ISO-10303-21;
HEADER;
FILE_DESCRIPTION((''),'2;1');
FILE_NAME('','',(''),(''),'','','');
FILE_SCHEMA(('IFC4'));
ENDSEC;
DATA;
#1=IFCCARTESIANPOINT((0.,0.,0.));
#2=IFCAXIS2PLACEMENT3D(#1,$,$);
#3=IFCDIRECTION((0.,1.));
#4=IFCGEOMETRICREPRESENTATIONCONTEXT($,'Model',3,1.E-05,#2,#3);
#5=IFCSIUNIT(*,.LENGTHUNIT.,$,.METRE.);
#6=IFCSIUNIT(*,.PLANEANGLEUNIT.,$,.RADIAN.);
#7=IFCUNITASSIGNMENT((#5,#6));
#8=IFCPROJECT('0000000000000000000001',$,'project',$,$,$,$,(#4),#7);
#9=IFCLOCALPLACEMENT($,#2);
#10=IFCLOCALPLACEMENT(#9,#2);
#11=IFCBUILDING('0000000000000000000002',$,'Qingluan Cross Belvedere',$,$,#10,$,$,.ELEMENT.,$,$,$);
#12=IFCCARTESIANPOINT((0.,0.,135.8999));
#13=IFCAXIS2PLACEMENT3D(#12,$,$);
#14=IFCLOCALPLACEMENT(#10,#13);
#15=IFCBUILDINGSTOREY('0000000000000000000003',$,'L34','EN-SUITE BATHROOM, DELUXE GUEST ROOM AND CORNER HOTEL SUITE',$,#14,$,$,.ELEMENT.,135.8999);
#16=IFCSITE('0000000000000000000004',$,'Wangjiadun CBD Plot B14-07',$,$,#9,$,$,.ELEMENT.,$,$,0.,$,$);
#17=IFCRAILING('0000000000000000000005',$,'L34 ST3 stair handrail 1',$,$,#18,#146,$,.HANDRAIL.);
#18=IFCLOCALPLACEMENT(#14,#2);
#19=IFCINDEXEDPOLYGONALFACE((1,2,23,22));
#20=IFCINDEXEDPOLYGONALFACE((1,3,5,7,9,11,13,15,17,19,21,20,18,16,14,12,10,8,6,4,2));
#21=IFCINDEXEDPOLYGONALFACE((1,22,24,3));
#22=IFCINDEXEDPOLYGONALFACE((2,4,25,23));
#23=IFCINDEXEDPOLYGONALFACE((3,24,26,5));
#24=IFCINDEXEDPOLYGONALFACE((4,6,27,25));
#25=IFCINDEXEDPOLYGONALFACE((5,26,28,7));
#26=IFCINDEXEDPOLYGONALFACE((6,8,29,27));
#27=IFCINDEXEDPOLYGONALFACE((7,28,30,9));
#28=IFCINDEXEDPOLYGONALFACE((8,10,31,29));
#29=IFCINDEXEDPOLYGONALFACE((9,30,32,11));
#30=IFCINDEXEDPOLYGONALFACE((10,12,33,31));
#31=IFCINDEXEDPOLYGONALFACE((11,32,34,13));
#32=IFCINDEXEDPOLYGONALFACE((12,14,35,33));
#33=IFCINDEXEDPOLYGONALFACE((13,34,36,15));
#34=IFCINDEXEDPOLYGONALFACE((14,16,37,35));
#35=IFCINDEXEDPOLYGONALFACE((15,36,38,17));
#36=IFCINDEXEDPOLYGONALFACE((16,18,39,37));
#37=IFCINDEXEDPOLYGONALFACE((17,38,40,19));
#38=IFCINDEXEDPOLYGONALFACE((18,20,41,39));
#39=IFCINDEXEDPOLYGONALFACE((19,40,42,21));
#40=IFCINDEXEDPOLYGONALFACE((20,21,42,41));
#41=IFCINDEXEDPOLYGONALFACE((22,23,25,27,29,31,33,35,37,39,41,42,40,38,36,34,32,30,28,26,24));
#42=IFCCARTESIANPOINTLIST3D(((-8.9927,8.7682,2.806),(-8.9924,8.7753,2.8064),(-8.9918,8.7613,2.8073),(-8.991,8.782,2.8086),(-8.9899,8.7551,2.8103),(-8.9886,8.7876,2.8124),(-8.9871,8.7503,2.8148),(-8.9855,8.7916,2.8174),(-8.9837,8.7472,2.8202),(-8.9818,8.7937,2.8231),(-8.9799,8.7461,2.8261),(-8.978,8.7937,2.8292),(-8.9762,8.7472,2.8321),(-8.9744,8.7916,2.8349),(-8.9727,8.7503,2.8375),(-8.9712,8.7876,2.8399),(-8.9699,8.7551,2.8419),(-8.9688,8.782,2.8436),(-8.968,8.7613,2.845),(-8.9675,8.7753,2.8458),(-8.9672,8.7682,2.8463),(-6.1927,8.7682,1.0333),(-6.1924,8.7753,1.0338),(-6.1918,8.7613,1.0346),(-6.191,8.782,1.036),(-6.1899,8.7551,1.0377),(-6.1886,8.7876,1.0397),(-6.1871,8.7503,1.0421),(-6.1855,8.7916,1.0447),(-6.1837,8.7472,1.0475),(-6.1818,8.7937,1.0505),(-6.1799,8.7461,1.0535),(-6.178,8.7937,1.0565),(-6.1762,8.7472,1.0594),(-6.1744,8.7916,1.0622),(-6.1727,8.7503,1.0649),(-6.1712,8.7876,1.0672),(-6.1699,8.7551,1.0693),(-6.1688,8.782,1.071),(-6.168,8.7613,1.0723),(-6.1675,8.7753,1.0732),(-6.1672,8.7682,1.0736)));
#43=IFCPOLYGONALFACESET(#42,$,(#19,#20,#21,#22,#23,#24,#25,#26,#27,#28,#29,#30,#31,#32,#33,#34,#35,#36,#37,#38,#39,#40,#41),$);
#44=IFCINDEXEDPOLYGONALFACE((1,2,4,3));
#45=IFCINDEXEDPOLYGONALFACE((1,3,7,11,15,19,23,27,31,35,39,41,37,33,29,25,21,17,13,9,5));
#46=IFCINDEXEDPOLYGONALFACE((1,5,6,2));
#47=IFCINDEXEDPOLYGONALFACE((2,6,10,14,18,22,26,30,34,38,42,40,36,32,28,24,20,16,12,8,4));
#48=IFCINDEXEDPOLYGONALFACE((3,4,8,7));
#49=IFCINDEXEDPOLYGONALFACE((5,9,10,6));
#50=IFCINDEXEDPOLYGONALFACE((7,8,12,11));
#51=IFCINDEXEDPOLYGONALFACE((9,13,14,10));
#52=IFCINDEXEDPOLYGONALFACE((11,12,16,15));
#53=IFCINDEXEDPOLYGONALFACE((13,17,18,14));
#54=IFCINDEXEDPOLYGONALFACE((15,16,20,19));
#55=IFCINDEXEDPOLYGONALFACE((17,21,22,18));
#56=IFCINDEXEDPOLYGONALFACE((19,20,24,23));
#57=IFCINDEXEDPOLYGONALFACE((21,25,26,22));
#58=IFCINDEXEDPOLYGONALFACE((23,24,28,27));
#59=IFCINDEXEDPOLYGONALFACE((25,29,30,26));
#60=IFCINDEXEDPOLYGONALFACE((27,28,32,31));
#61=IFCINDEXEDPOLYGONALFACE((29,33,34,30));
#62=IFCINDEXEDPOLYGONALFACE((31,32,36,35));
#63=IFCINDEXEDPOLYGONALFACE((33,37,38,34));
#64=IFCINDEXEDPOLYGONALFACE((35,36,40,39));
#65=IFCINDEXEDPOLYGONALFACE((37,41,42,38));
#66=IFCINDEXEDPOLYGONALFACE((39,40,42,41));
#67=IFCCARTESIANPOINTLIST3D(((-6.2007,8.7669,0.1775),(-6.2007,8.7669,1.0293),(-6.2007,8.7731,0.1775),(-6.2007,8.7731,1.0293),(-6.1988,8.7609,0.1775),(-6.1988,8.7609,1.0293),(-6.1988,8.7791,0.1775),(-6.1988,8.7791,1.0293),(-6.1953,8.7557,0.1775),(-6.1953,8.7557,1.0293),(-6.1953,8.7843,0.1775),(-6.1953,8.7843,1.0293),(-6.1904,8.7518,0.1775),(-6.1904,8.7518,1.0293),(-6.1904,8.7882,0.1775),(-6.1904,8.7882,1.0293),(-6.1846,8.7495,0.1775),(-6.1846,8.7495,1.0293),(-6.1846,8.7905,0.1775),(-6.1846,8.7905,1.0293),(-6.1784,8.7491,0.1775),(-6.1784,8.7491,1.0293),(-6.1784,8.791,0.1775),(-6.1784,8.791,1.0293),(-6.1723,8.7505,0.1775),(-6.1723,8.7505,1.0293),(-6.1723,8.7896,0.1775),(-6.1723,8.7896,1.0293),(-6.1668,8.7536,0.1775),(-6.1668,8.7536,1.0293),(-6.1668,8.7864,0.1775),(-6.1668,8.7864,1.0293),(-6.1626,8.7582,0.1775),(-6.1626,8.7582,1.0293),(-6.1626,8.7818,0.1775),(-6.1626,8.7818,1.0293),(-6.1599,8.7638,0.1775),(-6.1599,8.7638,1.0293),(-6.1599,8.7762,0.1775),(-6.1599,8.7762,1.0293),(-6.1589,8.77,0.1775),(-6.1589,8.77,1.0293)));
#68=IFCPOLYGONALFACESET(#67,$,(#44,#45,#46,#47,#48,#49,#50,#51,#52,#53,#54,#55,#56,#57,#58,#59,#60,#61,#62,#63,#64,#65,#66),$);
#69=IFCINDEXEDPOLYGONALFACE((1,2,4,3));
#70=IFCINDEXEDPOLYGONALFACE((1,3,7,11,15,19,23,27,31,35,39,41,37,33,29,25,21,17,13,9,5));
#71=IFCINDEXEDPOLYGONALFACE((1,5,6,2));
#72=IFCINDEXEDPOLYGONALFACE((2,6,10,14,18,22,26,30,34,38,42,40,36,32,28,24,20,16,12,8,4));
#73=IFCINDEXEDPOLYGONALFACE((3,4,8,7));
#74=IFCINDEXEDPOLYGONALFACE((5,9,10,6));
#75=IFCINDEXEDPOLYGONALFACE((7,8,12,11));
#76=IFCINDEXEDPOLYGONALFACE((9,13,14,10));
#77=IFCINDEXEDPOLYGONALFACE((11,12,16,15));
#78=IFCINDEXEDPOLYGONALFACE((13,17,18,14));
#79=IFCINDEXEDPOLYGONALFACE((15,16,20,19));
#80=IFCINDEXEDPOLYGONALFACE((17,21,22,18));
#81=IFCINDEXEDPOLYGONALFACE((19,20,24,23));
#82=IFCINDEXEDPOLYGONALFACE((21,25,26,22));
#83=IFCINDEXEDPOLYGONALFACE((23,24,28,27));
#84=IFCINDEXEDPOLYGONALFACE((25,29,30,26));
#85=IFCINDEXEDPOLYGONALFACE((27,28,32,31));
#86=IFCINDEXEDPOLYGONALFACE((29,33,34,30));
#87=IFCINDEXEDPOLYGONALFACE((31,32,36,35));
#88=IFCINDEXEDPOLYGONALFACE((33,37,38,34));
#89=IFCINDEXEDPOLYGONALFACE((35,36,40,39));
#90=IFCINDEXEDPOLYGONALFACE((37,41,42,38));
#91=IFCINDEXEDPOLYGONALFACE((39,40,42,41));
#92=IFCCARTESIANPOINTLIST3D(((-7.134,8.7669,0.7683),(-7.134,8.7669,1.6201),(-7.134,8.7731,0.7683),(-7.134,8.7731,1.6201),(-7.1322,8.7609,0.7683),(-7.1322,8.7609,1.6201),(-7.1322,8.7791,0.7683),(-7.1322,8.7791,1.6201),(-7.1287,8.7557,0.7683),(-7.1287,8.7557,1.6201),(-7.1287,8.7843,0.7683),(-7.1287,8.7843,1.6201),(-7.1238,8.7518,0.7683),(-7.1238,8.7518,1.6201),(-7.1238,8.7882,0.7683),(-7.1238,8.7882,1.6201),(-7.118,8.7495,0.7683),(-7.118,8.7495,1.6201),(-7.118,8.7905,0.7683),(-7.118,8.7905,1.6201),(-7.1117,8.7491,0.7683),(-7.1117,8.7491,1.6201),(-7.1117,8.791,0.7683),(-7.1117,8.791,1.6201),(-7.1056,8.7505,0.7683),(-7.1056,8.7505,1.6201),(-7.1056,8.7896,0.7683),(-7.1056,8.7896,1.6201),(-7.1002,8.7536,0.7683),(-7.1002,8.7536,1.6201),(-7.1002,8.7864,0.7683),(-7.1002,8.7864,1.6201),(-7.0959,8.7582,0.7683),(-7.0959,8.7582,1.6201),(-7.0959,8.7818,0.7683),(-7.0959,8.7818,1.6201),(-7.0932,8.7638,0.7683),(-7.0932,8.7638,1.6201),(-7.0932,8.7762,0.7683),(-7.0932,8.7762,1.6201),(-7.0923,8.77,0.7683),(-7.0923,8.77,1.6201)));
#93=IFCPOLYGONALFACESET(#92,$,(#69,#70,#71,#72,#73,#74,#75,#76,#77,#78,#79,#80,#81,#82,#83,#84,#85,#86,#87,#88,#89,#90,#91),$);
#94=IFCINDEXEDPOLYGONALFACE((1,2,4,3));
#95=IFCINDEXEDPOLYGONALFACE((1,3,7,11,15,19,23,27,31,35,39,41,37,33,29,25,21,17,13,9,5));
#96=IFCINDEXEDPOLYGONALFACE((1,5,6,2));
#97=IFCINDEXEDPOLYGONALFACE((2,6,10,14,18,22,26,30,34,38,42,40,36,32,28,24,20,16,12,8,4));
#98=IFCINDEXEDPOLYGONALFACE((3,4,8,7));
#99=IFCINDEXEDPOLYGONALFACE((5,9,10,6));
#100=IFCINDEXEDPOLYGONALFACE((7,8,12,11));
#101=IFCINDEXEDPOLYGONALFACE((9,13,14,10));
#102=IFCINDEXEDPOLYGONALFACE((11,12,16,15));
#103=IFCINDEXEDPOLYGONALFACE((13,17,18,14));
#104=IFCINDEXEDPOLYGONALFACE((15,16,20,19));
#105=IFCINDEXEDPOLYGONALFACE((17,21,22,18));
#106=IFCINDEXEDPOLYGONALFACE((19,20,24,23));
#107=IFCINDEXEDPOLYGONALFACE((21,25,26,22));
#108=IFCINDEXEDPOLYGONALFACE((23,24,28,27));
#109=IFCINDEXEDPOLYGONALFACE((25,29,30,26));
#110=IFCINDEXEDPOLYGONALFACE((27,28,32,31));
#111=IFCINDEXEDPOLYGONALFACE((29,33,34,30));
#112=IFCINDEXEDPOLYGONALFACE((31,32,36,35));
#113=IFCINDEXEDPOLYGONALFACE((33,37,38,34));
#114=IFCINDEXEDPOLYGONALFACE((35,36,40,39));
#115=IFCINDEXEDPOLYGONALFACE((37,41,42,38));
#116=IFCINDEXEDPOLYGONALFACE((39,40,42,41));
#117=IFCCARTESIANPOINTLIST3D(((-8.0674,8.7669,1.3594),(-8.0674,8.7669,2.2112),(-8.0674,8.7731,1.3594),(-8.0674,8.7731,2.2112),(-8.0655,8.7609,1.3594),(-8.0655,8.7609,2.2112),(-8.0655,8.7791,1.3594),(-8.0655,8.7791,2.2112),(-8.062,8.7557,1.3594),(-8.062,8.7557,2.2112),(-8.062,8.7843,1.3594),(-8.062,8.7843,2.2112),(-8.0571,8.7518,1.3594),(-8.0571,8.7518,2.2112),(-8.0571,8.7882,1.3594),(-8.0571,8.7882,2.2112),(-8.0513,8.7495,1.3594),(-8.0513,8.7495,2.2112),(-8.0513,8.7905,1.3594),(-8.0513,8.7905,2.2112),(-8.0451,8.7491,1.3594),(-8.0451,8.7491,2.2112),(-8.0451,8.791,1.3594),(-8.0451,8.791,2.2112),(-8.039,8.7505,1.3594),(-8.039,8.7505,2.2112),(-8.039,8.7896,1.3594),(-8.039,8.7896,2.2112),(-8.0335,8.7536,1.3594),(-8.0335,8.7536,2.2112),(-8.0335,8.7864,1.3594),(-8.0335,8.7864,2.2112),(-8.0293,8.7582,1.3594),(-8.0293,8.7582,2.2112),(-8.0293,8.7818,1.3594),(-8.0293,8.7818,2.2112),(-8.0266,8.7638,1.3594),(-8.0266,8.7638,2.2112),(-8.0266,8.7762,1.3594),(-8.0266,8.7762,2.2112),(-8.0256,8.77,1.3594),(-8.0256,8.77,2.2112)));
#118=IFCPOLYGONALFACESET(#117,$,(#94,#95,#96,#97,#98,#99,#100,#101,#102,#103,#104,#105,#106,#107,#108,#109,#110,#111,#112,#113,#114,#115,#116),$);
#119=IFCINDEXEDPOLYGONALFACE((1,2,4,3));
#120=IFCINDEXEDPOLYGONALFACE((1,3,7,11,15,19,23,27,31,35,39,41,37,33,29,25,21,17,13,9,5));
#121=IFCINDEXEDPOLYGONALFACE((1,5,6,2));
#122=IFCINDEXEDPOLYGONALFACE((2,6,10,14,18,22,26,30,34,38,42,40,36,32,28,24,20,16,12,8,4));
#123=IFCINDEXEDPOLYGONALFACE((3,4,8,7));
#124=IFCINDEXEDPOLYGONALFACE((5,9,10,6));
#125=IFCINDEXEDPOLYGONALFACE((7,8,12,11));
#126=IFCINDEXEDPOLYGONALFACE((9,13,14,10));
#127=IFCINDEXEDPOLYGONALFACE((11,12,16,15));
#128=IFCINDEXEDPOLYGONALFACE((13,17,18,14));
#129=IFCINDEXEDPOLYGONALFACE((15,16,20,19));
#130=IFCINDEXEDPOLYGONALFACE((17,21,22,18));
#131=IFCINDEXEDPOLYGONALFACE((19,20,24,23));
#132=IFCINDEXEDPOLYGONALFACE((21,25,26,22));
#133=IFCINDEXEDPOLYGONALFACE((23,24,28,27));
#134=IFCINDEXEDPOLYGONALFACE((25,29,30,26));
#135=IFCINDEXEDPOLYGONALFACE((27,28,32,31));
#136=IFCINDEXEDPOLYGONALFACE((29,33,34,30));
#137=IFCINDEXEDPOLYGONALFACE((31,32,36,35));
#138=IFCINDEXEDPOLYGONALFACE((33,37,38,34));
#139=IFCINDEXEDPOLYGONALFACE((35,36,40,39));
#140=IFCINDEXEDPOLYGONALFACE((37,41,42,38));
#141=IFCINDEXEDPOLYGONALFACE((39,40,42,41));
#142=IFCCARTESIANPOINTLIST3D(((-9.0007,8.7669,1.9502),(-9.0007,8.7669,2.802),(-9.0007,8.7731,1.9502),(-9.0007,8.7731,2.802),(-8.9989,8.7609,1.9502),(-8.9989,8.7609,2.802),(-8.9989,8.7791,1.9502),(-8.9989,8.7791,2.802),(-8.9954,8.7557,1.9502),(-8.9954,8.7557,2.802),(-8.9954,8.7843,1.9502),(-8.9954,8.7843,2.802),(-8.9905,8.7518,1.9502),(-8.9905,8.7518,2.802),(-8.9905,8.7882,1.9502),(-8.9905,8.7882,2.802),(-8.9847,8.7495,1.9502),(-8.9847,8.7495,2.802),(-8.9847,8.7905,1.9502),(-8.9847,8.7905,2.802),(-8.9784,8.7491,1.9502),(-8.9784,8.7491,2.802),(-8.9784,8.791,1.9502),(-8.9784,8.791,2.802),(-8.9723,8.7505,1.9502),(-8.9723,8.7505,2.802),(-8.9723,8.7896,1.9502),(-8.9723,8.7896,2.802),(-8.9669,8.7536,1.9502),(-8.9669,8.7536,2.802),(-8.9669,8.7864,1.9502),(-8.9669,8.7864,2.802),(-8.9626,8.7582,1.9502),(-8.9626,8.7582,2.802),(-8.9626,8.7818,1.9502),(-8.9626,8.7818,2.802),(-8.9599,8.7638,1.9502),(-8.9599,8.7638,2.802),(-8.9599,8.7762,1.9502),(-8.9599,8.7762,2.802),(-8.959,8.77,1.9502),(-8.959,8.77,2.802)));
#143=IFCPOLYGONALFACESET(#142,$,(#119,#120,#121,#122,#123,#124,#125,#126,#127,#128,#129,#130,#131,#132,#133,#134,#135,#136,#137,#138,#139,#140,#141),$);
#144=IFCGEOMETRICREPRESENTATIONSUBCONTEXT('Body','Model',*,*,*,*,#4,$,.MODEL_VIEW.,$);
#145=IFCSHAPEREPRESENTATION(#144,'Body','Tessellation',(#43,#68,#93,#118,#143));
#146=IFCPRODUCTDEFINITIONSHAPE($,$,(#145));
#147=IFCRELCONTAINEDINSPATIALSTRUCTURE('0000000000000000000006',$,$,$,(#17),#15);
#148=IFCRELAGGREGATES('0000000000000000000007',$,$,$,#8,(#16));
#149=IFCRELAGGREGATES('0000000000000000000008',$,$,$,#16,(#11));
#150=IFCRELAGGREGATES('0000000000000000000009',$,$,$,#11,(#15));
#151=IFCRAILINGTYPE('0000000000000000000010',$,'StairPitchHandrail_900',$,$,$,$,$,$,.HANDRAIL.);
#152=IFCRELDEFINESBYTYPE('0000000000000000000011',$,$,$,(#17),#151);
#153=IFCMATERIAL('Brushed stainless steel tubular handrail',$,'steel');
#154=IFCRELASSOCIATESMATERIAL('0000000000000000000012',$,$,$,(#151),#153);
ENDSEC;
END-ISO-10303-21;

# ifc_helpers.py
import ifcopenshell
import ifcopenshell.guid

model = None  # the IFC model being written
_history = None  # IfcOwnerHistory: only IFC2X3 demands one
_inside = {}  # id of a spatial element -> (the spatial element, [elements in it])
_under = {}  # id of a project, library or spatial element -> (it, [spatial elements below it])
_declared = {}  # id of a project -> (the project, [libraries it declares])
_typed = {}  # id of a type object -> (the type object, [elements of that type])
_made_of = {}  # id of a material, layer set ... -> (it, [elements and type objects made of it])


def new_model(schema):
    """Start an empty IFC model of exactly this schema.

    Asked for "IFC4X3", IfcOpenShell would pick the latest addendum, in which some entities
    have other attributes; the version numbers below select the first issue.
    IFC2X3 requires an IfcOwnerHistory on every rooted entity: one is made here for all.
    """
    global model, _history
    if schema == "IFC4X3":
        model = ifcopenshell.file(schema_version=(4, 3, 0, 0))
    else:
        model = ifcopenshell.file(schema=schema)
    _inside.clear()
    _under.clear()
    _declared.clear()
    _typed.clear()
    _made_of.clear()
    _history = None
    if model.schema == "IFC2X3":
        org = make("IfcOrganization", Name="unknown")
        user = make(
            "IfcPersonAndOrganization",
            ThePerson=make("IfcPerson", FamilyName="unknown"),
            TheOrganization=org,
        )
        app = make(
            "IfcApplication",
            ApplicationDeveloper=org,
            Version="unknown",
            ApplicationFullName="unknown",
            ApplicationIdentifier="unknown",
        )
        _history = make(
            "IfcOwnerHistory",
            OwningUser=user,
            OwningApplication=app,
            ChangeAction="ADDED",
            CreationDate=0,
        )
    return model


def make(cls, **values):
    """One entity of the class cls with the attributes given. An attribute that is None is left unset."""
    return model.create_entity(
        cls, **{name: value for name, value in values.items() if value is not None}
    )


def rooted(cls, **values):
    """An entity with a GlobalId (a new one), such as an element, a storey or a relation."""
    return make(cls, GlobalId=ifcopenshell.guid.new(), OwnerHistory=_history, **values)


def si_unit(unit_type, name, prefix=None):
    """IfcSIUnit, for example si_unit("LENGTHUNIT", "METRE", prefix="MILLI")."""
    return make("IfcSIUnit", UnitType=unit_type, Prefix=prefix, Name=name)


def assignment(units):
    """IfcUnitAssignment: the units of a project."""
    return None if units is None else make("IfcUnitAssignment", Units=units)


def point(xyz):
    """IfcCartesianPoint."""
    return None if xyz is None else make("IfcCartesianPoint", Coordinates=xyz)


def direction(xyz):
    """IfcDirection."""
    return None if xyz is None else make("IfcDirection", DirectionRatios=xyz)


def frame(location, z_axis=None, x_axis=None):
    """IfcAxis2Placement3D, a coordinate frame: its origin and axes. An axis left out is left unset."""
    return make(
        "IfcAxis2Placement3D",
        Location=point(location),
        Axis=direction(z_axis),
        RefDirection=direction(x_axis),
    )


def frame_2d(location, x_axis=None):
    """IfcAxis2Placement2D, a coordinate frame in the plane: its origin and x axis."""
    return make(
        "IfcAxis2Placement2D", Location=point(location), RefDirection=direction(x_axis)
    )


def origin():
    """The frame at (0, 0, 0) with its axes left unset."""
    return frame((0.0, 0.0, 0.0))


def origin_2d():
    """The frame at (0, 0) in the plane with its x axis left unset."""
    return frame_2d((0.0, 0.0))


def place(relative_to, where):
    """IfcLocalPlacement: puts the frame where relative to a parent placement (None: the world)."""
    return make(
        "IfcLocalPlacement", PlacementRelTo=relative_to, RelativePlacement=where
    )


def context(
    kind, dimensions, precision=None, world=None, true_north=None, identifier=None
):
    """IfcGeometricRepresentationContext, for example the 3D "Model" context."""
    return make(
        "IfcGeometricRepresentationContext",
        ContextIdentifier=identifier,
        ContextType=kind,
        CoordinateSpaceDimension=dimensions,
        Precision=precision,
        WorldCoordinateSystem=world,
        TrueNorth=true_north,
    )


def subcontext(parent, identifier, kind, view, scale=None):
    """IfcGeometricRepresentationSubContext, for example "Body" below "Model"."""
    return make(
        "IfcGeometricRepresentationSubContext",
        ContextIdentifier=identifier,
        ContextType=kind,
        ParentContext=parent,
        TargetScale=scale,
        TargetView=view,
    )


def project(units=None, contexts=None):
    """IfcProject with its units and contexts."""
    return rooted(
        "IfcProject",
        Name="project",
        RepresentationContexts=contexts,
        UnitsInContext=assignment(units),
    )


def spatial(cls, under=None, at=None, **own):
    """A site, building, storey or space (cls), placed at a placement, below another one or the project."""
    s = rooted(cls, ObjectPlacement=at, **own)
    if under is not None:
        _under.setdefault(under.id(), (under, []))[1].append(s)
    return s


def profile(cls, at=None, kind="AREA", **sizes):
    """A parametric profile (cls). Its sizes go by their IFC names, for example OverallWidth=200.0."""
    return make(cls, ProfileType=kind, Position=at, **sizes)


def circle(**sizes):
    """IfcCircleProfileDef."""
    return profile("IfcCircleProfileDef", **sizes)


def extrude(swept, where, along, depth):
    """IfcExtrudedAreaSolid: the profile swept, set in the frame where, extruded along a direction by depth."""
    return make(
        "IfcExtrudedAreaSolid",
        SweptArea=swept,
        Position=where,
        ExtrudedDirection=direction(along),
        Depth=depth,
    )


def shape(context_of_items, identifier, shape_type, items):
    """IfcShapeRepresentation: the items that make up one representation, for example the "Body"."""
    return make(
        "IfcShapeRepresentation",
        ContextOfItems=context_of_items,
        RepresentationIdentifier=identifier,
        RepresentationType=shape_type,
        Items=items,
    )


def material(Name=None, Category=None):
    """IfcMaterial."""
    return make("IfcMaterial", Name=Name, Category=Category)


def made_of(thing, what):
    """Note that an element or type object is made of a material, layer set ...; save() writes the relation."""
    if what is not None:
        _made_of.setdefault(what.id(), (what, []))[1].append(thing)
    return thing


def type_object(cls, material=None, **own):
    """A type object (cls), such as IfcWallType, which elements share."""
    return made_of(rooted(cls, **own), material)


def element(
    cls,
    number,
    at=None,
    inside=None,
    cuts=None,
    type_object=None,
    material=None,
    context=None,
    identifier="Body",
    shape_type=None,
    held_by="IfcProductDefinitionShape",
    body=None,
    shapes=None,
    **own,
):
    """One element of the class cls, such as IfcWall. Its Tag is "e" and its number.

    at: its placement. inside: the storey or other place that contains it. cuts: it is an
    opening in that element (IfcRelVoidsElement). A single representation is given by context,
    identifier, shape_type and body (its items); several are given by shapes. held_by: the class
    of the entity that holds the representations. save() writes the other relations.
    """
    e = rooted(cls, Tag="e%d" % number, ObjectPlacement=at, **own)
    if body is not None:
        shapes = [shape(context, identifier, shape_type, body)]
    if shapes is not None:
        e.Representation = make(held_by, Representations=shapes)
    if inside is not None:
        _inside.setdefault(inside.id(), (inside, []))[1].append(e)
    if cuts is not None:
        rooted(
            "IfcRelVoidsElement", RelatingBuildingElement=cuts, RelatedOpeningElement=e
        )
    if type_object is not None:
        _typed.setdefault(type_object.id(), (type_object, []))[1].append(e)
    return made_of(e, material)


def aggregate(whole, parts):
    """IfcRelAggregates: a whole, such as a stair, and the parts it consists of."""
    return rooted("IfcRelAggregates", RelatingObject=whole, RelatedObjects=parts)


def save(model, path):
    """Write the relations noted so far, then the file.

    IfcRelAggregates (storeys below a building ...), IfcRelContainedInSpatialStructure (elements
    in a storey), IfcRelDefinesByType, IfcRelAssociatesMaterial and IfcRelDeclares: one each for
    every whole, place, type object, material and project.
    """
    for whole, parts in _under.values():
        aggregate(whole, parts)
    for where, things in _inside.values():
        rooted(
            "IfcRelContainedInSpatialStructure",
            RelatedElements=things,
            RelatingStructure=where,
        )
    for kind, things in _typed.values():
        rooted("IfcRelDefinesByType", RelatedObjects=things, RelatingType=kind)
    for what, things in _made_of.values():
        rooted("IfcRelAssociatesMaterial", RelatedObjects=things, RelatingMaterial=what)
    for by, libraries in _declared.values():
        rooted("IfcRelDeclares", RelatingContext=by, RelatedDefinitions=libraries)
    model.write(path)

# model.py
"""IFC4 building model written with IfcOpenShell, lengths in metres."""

from ifc_helpers import new_model, si_unit, direction, frame, origin, origin_2d, place, context, subcontext, project, spatial, circle, extrude, material, type_object, element, save


model = new_model("IFC4")

# Units and contexts
model_context = context("Model", 3, precision=1e-05, world=origin(), true_north=direction((0.0, 1.0)))
body_context = subcontext(model_context, "Body", "Model", "MODEL_VIEW")
ifc_project = project(units=[si_unit("LENGTHUNIT", "METRE"), si_unit("PLANEANGLEUNIT", "RADIAN")], contexts=[model_context])

# Site, building, storey
site_placement = place(None, origin())
site = spatial("IfcSite", under=ifc_project, at=site_placement, Name="Wangjiadun CBD Plot B14-07", CompositionType="ELEMENT", RefElevation=0.0)
building_placement = place(site_placement, origin())
building = spatial("IfcBuilding", under=site, at=building_placement, Name="Qingluan Cross Belvedere", CompositionType="ELEMENT")
storey_placement = place(building_placement, frame((0.0, 0.0, 135.8999)))
storey = spatial("IfcBuildingStorey", under=building, at=storey_placement, Name="L34", Description="EN-SUITE BATHROOM, DELUXE GUEST ROOM AND CORNER HOTEL SUITE", CompositionType="ELEMENT", Elevation=135.8999)

# Railing
ifc_material_1 = material(Name="Brushed stainless steel tubular handrail", Category="steel")
railing_type = type_object("IfcRailingType", Name="StairPitchHandrail_900", PredefinedType="HANDRAIL", material=ifc_material_1)
railing_placement = place(storey_placement, frame((-6.1799, 8.77, 0.1775)))
element("IfcRailing", 1, at=railing_placement, inside=storey, type_object=railing_type, Name="L34 ST3 stair handrail 1", PredefinedType="HANDRAIL", context=body_context, shape_type="SweptSolid", body=[
    extrude(circle(Radius=0.0239, at=origin_2d()), frame((0.0, 0.0, 0.876), z_axis=(-0.844909, 0.0, 0.53491), x_axis=(0.0, -1.0, 0.0)), (0.0, 0.0, 1.0), 3.314),
    extrude(circle(Radius=0.021, at=origin_2d()), origin(), (0.0, 0.0, 1.0), 0.8518),
    extrude(circle(Radius=0.021, at=origin_2d()), frame((-0.9333, 0.0, 0.5908)), (0.0, 0.0, 1.0), 0.8518),
    extrude(circle(Radius=0.021, at=origin_2d()), frame((-1.8667, 0.0, 1.1819)), (0.0, 0.0, 1.0), 0.8518),
    extrude(circle(Radius=0.021, at=origin_2d()), frame((-2.8, 0.0, 1.7727)), (0.0, 0.0, 1.0), 0.8518),
])

save(model, "model.ifc")
